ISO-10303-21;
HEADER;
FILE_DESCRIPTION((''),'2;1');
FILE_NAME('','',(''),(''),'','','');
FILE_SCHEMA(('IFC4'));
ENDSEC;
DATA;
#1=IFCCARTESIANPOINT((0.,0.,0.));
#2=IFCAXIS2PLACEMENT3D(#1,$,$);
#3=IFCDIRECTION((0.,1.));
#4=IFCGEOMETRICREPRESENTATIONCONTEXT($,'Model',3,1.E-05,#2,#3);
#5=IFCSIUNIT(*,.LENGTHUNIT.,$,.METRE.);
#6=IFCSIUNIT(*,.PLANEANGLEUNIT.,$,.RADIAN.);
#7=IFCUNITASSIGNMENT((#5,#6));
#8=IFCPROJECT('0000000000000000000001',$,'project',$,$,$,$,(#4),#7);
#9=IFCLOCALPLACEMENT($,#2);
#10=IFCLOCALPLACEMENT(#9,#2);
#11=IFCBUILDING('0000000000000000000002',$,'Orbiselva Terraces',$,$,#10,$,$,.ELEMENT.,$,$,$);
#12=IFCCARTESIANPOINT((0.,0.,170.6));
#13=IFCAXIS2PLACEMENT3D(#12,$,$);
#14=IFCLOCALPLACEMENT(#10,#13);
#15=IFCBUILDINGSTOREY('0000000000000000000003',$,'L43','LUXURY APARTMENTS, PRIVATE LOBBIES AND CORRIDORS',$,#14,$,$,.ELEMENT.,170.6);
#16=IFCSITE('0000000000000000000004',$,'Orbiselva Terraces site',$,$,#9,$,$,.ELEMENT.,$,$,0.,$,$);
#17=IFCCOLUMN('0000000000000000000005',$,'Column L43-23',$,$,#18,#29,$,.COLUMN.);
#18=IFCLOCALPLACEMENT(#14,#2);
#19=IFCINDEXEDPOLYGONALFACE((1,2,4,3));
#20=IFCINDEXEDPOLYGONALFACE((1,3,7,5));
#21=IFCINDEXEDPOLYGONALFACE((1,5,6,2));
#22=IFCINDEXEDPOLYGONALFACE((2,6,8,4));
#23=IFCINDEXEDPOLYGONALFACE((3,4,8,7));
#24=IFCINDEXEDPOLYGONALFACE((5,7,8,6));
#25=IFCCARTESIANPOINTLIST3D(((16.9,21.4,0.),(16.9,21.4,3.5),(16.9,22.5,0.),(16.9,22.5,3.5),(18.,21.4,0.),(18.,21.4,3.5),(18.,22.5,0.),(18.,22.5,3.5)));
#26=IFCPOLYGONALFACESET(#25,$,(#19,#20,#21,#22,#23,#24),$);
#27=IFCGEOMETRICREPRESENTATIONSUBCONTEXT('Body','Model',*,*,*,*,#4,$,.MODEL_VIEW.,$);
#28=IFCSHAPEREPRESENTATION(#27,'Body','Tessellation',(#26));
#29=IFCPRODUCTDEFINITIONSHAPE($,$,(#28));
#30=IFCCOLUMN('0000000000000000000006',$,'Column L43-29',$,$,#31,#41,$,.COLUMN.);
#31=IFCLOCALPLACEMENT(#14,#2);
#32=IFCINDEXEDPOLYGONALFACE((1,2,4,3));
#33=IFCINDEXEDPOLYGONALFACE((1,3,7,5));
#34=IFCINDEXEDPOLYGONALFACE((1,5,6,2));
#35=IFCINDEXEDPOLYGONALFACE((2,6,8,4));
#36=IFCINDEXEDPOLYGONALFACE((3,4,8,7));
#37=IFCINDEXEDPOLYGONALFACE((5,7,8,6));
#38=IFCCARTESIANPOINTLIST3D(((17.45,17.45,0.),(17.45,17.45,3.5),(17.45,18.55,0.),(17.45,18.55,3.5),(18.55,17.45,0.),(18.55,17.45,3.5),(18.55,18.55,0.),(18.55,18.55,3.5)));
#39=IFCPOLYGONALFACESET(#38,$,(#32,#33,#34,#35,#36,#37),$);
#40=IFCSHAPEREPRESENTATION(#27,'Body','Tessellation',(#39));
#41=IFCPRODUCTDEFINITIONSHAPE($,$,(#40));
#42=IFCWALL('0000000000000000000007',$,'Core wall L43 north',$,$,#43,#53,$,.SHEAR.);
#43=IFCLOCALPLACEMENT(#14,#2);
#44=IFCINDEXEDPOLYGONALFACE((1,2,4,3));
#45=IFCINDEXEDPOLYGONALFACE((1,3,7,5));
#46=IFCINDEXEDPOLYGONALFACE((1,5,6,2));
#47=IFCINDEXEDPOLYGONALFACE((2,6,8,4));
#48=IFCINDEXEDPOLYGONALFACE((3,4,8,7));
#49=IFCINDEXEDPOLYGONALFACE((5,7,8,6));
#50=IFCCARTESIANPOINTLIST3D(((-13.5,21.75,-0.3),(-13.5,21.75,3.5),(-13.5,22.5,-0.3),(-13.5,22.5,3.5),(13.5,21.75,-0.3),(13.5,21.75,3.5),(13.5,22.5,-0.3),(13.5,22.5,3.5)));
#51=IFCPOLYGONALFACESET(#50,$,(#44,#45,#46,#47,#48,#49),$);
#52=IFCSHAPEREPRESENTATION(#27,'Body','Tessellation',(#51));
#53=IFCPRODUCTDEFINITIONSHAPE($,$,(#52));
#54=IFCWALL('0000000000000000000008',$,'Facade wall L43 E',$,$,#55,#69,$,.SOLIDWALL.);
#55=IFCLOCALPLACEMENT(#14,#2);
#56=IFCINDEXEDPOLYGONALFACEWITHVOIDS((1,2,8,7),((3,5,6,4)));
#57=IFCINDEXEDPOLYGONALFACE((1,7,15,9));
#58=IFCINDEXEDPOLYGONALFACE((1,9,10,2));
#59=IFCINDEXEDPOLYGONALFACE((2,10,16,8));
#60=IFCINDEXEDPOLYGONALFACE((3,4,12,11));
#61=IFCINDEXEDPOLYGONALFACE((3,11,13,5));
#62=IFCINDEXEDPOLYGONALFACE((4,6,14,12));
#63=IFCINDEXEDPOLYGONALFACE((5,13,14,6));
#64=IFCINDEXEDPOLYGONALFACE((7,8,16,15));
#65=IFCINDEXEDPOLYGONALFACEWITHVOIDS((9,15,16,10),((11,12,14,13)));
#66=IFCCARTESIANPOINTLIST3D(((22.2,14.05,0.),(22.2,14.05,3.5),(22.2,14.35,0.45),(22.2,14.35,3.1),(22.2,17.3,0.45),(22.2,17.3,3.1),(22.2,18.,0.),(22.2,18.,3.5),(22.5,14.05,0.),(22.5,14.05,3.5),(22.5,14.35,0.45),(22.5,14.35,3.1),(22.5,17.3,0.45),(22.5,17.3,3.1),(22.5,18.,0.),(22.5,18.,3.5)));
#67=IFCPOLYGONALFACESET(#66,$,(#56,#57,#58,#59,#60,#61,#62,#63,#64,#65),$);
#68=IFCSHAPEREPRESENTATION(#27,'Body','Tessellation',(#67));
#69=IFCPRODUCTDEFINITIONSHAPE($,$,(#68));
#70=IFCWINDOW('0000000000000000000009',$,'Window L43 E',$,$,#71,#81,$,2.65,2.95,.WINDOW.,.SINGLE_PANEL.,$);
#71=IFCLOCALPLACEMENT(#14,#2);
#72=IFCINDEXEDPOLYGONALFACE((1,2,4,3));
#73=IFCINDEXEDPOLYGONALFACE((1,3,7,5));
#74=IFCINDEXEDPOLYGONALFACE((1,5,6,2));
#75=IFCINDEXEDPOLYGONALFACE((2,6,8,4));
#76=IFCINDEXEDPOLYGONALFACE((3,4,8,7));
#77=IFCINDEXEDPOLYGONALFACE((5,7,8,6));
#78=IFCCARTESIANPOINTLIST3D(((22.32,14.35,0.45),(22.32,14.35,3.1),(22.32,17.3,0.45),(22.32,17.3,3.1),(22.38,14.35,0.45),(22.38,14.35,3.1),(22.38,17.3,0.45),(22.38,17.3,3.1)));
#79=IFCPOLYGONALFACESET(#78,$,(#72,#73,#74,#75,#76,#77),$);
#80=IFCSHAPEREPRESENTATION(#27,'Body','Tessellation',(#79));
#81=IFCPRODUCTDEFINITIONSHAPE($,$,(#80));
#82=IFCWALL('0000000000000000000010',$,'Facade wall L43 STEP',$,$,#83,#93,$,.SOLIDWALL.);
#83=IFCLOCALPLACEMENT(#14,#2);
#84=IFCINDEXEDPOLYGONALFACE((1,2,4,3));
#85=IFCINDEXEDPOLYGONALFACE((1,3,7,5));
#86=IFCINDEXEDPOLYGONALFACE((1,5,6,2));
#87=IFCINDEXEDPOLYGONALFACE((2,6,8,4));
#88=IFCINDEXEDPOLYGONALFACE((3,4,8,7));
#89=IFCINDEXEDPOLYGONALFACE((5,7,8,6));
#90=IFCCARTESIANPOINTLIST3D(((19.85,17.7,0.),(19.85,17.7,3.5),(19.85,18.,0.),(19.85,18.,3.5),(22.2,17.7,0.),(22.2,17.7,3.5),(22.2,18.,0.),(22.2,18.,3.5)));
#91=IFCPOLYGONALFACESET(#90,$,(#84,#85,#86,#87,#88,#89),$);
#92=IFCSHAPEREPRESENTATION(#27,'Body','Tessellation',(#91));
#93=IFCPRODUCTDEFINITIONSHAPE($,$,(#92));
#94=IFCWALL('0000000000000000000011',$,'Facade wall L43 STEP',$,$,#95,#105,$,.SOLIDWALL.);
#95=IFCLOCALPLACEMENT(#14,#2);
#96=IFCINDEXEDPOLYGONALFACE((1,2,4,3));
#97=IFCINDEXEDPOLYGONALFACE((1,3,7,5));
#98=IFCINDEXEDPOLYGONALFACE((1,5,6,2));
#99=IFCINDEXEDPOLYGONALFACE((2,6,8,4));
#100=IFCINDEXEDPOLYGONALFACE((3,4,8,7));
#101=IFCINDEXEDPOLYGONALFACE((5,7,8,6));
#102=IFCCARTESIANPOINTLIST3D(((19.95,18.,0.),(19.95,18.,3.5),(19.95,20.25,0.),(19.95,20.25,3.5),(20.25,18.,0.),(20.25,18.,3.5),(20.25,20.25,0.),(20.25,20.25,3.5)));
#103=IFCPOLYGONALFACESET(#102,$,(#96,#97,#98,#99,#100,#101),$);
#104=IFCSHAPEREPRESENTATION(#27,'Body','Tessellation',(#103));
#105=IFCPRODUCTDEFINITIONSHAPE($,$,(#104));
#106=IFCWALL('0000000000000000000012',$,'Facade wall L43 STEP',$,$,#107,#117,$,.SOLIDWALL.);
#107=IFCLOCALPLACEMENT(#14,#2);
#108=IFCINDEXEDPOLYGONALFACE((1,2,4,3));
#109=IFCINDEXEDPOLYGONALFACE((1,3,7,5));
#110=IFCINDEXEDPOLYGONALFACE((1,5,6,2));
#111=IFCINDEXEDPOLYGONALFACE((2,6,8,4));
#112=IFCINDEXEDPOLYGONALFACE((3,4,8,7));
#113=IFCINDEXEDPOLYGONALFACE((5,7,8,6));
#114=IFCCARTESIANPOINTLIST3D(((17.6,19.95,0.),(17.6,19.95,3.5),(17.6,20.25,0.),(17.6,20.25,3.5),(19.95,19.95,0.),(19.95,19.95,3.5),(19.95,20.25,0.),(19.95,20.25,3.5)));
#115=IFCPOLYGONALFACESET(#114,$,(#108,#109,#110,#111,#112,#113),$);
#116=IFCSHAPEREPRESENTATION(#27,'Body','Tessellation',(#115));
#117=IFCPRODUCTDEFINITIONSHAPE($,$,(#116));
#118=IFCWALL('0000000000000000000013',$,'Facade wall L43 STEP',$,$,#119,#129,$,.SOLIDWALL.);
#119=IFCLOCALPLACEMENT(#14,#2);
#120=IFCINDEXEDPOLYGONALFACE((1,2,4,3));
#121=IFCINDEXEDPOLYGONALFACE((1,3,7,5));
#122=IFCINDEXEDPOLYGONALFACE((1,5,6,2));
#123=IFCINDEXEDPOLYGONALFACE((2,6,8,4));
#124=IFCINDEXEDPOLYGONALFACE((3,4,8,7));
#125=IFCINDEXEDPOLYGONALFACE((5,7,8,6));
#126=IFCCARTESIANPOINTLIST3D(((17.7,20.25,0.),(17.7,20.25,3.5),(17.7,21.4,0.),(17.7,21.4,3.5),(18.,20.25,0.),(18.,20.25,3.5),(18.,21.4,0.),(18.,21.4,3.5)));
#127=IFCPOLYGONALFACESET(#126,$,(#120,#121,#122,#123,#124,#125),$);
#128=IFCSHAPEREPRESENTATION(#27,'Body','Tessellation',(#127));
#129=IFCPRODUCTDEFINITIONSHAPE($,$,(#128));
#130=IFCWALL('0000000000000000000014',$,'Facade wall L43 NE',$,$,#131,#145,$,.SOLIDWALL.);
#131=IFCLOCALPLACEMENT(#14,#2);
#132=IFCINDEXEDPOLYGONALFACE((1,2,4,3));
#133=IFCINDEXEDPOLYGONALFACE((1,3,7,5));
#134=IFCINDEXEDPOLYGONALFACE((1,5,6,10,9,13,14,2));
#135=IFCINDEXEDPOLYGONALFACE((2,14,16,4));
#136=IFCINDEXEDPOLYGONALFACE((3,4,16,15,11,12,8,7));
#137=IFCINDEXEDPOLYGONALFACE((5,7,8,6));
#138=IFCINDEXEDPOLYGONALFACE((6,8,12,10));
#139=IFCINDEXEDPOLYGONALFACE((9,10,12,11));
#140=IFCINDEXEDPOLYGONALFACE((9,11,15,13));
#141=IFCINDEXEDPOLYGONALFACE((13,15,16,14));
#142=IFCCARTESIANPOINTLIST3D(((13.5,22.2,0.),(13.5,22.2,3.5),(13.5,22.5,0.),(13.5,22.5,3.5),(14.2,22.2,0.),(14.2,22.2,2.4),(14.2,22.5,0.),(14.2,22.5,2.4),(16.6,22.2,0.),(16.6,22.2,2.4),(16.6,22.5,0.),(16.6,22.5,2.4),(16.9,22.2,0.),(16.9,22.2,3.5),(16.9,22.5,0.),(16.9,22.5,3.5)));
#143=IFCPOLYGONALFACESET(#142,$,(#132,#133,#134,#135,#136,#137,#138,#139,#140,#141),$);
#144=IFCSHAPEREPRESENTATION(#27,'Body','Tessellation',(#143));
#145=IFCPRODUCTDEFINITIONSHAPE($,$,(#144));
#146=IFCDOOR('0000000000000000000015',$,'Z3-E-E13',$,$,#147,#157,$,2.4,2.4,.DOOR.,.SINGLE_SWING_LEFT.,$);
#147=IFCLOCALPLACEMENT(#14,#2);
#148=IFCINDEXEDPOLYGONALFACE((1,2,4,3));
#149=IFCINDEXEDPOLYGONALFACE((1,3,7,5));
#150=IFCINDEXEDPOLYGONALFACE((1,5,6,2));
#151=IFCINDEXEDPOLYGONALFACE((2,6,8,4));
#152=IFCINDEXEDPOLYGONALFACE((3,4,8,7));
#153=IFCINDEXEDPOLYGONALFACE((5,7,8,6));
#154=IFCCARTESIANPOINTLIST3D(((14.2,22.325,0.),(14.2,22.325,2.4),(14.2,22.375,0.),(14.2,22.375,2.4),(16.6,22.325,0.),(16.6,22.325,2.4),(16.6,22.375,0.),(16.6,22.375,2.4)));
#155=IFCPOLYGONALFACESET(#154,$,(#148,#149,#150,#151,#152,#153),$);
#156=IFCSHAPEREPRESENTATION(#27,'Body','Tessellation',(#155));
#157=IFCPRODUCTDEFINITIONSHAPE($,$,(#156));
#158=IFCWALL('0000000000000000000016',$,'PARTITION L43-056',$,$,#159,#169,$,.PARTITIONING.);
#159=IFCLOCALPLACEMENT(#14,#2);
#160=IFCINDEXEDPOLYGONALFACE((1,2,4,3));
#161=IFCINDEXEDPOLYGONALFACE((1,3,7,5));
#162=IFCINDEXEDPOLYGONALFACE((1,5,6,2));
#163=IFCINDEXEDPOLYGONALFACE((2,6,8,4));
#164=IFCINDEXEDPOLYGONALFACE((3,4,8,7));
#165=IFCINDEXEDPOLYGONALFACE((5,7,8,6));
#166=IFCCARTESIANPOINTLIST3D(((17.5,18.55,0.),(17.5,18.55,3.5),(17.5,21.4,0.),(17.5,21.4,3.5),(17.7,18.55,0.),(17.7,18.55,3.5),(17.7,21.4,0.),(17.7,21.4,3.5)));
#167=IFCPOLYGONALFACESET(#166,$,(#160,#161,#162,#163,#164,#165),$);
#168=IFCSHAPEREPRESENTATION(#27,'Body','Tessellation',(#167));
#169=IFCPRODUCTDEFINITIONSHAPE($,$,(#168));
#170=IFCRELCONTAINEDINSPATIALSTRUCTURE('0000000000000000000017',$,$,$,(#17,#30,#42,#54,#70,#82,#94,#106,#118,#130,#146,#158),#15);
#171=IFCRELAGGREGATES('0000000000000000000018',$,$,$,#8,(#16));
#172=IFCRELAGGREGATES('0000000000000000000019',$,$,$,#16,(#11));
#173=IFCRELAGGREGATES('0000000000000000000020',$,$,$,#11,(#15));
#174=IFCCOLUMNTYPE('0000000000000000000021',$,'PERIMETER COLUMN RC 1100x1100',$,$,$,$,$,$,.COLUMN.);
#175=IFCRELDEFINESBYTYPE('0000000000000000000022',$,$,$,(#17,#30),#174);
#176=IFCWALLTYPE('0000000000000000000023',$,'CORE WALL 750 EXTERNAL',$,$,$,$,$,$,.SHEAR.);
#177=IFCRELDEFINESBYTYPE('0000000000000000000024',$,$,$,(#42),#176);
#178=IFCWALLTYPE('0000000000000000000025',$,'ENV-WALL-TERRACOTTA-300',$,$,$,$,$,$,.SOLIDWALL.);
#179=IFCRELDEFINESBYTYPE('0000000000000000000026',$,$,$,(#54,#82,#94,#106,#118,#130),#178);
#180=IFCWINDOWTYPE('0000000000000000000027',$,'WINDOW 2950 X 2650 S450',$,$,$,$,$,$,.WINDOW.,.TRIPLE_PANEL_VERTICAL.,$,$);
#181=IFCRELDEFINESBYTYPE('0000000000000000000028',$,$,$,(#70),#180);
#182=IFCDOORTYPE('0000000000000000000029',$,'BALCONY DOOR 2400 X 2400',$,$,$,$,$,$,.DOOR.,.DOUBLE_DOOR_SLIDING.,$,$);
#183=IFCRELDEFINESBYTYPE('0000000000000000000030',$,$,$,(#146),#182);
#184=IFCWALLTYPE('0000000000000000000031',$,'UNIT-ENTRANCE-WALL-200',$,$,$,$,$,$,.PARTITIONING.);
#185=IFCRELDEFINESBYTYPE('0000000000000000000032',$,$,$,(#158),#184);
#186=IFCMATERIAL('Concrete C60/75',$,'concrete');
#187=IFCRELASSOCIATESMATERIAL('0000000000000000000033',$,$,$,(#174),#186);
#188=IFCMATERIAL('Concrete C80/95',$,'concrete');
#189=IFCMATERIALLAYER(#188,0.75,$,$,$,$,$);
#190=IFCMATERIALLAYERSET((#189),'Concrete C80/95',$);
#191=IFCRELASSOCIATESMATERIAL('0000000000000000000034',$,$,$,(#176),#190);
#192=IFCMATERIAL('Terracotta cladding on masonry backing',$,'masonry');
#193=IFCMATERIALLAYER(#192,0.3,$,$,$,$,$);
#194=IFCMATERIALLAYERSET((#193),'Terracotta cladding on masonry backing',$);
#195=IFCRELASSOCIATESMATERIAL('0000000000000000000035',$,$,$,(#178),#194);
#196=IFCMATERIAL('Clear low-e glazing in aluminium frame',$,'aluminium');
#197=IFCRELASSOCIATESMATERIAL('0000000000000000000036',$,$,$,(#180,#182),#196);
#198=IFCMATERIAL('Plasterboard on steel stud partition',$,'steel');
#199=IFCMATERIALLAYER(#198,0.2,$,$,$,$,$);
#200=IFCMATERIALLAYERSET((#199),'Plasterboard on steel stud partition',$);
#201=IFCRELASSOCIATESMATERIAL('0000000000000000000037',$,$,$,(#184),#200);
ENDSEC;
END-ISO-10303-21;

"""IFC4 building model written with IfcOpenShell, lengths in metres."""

from ifc_helpers import new_model, si_unit, direction, frame, frame_2d, origin, origin_2d, place, context, subcontext, project, spatial, rectangle, extrude, material, layer, layer_set, material_profile, profile_set, type_object, element, fill, save


model = new_model("IFC4")

# Units and contexts
model_context = context("Model", 3, precision=1e-05, world=origin(), true_north=direction((0.0, 1.0)))
body_context = subcontext(model_context, "Body", "Model", "MODEL_VIEW")
ifc_project = project(units=[si_unit("LENGTHUNIT", "METRE"), si_unit("PLANEANGLEUNIT", "RADIAN")], contexts=[model_context])

# Site, building, storey
site_placement = place(None, origin())
site = spatial("IfcSite", under=ifc_project, at=site_placement, Name="Orbiselva Terraces site", CompositionType="ELEMENT", RefElevation=0.0)
building_placement = place(site_placement, origin())
building = spatial("IfcBuilding", under=site, at=building_placement, Name="Orbiselva Terraces", CompositionType="ELEMENT")
storey_placement = place(building_placement, frame((0.0, 0.0, 170.6)))
storey = spatial("IfcBuildingStorey", under=building, at=storey_placement, Name="L43", Description="LUXURY APARTMENTS, PRIVATE LOBBIES AND CORRIDORS", CompositionType="ELEMENT", Elevation=170.6)

# Columns
ifc_material_1 = material(Name="Concrete C60/75", Category="concrete")
ifc_material_profile = material_profile(ifc_material_1, rectangle(XDim=1.1, YDim=1.1, at=origin_2d()), Name="RC 1100x1100")
ifc_profile_set = profile_set([ifc_material_profile], Name="Concrete C60/75")
column_type = type_object("IfcColumnType", Name="PERIMETER COLUMN RC 1100x1100", PredefinedType="COLUMN", material=ifc_profile_set)
for number, where, z_axis, x_axis, name in (
    (1, (17.45, 21.95, 0.0), (0.0, 0.0, 1.0), (1.0, 0.0, 0.0), "Column L43-23"),
    (2, (18.0, 18.0, 0.0), (0.0, 0.0, 1.0), (1.0, 0.0, 0.0), "Column L43-29"),
):
    element("IfcColumn", number, at=place(storey_placement, frame(where, z_axis=z_axis, x_axis=x_axis)), inside=storey, type_object=column_type, Name=name, PredefinedType="COLUMN", context=body_context, shape_type="SweptSolid", body=[
        extrude(rectangle(XDim=1.1, YDim=1.1, at=origin_2d()), origin(), (0.0, 0.0, 1.0), 3.5),
    ])

# Wall
ifc_material_2 = material(Name="Concrete C80/95", Category="concrete")
ifc_layer_1 = layer(ifc_material_2, 0.75)
ifc_layer_set_1 = layer_set([ifc_layer_1], Name="Concrete C80/95")
wall_type_1 = type_object("IfcWallType", Name="CORE WALL 750 EXTERNAL", PredefinedType="SHEAR", material=ifc_layer_set_1)
wall_1_placement = place(storey_placement, frame((13.5, 22.125, -0.3), z_axis=(0.0, 0.0, 1.0), x_axis=(-1.0, 0.0, 0.0)))
element("IfcWall", 3, at=wall_1_placement, inside=storey, type_object=wall_type_1, Name="Core wall L43 north", PredefinedType="SHEAR", context=body_context, shape_type="SweptSolid", body=[
    extrude(rectangle(XDim=27.0, YDim=0.75, at=frame_2d((13.5, 0.0))), origin(), (0.0, 0.0, 1.0), 3.8),
])

# Wall, opening, window
ifc_material_3 = material(Name="Terracotta cladding on masonry backing", Category="masonry")
ifc_layer_2 = layer(ifc_material_3, 0.3)
ifc_layer_set_2 = layer_set([ifc_layer_2], Name="Terracotta cladding on masonry backing")
wall_type_2 = type_object("IfcWallType", Name="ENV-WALL-TERRACOTTA-300", PredefinedType="SOLIDWALL", material=ifc_layer_set_2)
wall_2_placement = place(storey_placement, frame((22.35, 18.0, 0.0), z_axis=(0.0, 0.0, 1.0), x_axis=(0.0, -1.0, 0.0)))
wall_2 = element("IfcWall", 4, at=wall_2_placement, inside=storey, type_object=wall_type_2, Name="Facade wall L43 E", PredefinedType="SOLIDWALL", context=body_context, shape_type="SweptSolid", body=[
    extrude(rectangle(XDim=3.95, YDim=0.3, at=frame_2d((1.975, 0.0))), origin(), (0.0, 0.0, 1.0), 3.5),
])
opening_1_placement = place(wall_2_placement, frame((0.7, 0.0, 0.45)))
opening_1 = element("IfcOpeningElement", 5, at=opening_1_placement, cuts=wall_2, PredefinedType="OPENING", context=body_context, shape_type="SweptSolid", body=[
    extrude(rectangle(XDim=2.95, YDim=2.65, at=frame_2d((1.475, 1.325))), frame((0.0, 0.16, 0.0), z_axis=(0.0, -1.0, 0.0), x_axis=(1.0, 0.0, 0.0)), (0.0, 0.0, 1.0), 0.32),
])
ifc_material_4 = material(Name="Clear low-e glazing in aluminium frame", Category="aluminium")
window_type = type_object("IfcWindowType", Name="WINDOW 2950 X 2650 S450", PartitioningType="TRIPLE_PANEL_VERTICAL", PredefinedType="WINDOW", material=ifc_material_4)
window_placement = place(opening_1_placement, origin())
window = element("IfcWindow", 6, at=window_placement, inside=storey, type_object=window_type, Name="Window L43 E", OverallHeight=2.65, OverallWidth=2.95, PartitioningType="SINGLE_PANEL", PredefinedType="WINDOW", context=body_context, shape_type="SweptSolid", body=[
    extrude(rectangle(XDim=2.95, YDim=2.65, at=frame_2d((1.475, 1.325))), frame((0.0, 0.03, 0.0), z_axis=(0.0, -1.0, 0.0), x_axis=(1.0, 0.0, 0.0)), (0.0, 0.0, 1.0), 0.06),
])
fill(opening_1, window)

# Walls
wall_3_placement = place(storey_placement, frame((19.85, 17.85, 0.0), z_axis=(0.0, 0.0, 1.0), x_axis=(1.0, 0.0, 0.0)))
element("IfcWall", 7, at=wall_3_placement, inside=storey, type_object=wall_type_2, Name="Facade wall L43 STEP", PredefinedType="SOLIDWALL", context=body_context, shape_type="SweptSolid", body=[
    extrude(rectangle(XDim=2.35, YDim=0.3, at=frame_2d((1.175, 0.0))), origin(), (0.0, 0.0, 1.0), 3.5),
])
wall_4_placement = place(storey_placement, frame((20.1, 20.25, 0.0), z_axis=(0.0, 0.0, 1.0), x_axis=(0.0, -1.0, 0.0)))
element("IfcWall", 8, at=wall_4_placement, inside=storey, type_object=wall_type_2, Name="Facade wall L43 STEP", PredefinedType="SOLIDWALL", context=body_context, shape_type="SweptSolid", body=[
    extrude(rectangle(XDim=2.25, YDim=0.3, at=frame_2d((1.125, 0.0))), origin(), (0.0, 0.0, 1.0), 3.5),
])
wall_5_placement = place(storey_placement, frame((17.6, 20.1, 0.0), z_axis=(0.0, 0.0, 1.0), x_axis=(1.0, 0.0, 0.0)))
element("IfcWall", 9, at=wall_5_placement, inside=storey, type_object=wall_type_2, Name="Facade wall L43 STEP", PredefinedType="SOLIDWALL", context=body_context, shape_type="SweptSolid", body=[
    extrude(rectangle(XDim=2.35, YDim=0.3, at=frame_2d((1.175, 0.0))), origin(), (0.0, 0.0, 1.0), 3.5),
])
wall_6_placement = place(storey_placement, frame((17.85, 21.4, 0.0), z_axis=(0.0, 0.0, 1.0), x_axis=(0.0, -1.0, 0.0)))
element("IfcWall", 10, at=wall_6_placement, inside=storey, type_object=wall_type_2, Name="Facade wall L43 STEP", PredefinedType="SOLIDWALL", context=body_context, shape_type="SweptSolid", body=[
    extrude(rectangle(XDim=1.15, YDim=0.3, at=frame_2d((0.575, 0.0))), origin(), (0.0, 0.0, 1.0), 3.5),
])

# Wall, opening, door
wall_7_placement = place(storey_placement, frame((13.5, 22.35, 0.0), z_axis=(0.0, 0.0, 1.0), x_axis=(1.0, 0.0, 0.0)))
wall_7 = element("IfcWall", 11, at=wall_7_placement, inside=storey, type_object=wall_type_2, Name="Facade wall L43 NE", PredefinedType="SOLIDWALL", context=body_context, shape_type="SweptSolid", body=[
    extrude(rectangle(XDim=3.4, YDim=0.3, at=frame_2d((1.7, 0.0))), origin(), (0.0, 0.0, 1.0), 3.5),
])
opening_2_placement = place(wall_7_placement, frame((0.7, 0.0, 0.0)))
opening_2 = element("IfcOpeningElement", 12, at=opening_2_placement, cuts=wall_7, PredefinedType="OPENING", context=body_context, shape_type="SweptSolid", body=[
    extrude(rectangle(XDim=2.4, YDim=2.4, at=frame_2d((1.2, 1.2))), frame((0.0, 0.16, 0.0), z_axis=(0.0, -1.0, 0.0), x_axis=(1.0, 0.0, 0.0)), (0.0, 0.0, 1.0), 0.32),
])
door_type_1 = type_object("IfcDoorType", Name="BALCONY DOOR 2400 X 2400", OperationType="DOUBLE_DOOR_SLIDING", PredefinedType="DOOR", material=ifc_material_4)
door_1_placement = place(opening_2_placement, origin())
door_1 = element("IfcDoor", 13, at=door_1_placement, inside=storey, type_object=door_type_1, Name="Z3-E-E13", OperationType="SINGLE_SWING_LEFT", OverallHeight=2.4, OverallWidth=2.4, PredefinedType="DOOR", context=body_context, shape_type="SweptSolid", body=[
    extrude(rectangle(XDim=2.4, YDim=2.4, at=frame_2d((1.2, 1.2))), frame((0.0, 0.025, 0.0), z_axis=(0.0, -1.0, 0.0), x_axis=(1.0, 0.0, 0.0)), (0.0, 0.0, 1.0), 0.05),
])
fill(opening_2, door_1)

# Wall
ifc_material_5 = material(Name="Plasterboard on steel stud partition", Category="steel")
ifc_layer_3 = layer(ifc_material_5, 0.2)
ifc_layer_set_3 = layer_set([ifc_layer_3], Name="Plasterboard on steel stud partition")
wall_type_3 = type_object("IfcWallType", Name="UNIT-ENTRANCE-WALL-200", PredefinedType="PARTITIONING", material=ifc_layer_set_3)
wall_8_placement = place(storey_placement, frame((17.6, 18.55, 0.0), z_axis=(0.0, 0.0, 1.0), x_axis=(0.0, 1.0, 0.0)))
element("IfcWall", 14, at=wall_8_placement, inside=storey, type_object=wall_type_3, Name="PARTITION L43-056", PredefinedType="PARTITIONING", context=body_context, shape_type="SweptSolid", body=[
    extrude(rectangle(XDim=2.85, YDim=0.2, at=frame_2d((1.425, 0.0))), origin(), (0.0, 0.0, 1.0), 3.5),
])

save(model, "model.ifc")
